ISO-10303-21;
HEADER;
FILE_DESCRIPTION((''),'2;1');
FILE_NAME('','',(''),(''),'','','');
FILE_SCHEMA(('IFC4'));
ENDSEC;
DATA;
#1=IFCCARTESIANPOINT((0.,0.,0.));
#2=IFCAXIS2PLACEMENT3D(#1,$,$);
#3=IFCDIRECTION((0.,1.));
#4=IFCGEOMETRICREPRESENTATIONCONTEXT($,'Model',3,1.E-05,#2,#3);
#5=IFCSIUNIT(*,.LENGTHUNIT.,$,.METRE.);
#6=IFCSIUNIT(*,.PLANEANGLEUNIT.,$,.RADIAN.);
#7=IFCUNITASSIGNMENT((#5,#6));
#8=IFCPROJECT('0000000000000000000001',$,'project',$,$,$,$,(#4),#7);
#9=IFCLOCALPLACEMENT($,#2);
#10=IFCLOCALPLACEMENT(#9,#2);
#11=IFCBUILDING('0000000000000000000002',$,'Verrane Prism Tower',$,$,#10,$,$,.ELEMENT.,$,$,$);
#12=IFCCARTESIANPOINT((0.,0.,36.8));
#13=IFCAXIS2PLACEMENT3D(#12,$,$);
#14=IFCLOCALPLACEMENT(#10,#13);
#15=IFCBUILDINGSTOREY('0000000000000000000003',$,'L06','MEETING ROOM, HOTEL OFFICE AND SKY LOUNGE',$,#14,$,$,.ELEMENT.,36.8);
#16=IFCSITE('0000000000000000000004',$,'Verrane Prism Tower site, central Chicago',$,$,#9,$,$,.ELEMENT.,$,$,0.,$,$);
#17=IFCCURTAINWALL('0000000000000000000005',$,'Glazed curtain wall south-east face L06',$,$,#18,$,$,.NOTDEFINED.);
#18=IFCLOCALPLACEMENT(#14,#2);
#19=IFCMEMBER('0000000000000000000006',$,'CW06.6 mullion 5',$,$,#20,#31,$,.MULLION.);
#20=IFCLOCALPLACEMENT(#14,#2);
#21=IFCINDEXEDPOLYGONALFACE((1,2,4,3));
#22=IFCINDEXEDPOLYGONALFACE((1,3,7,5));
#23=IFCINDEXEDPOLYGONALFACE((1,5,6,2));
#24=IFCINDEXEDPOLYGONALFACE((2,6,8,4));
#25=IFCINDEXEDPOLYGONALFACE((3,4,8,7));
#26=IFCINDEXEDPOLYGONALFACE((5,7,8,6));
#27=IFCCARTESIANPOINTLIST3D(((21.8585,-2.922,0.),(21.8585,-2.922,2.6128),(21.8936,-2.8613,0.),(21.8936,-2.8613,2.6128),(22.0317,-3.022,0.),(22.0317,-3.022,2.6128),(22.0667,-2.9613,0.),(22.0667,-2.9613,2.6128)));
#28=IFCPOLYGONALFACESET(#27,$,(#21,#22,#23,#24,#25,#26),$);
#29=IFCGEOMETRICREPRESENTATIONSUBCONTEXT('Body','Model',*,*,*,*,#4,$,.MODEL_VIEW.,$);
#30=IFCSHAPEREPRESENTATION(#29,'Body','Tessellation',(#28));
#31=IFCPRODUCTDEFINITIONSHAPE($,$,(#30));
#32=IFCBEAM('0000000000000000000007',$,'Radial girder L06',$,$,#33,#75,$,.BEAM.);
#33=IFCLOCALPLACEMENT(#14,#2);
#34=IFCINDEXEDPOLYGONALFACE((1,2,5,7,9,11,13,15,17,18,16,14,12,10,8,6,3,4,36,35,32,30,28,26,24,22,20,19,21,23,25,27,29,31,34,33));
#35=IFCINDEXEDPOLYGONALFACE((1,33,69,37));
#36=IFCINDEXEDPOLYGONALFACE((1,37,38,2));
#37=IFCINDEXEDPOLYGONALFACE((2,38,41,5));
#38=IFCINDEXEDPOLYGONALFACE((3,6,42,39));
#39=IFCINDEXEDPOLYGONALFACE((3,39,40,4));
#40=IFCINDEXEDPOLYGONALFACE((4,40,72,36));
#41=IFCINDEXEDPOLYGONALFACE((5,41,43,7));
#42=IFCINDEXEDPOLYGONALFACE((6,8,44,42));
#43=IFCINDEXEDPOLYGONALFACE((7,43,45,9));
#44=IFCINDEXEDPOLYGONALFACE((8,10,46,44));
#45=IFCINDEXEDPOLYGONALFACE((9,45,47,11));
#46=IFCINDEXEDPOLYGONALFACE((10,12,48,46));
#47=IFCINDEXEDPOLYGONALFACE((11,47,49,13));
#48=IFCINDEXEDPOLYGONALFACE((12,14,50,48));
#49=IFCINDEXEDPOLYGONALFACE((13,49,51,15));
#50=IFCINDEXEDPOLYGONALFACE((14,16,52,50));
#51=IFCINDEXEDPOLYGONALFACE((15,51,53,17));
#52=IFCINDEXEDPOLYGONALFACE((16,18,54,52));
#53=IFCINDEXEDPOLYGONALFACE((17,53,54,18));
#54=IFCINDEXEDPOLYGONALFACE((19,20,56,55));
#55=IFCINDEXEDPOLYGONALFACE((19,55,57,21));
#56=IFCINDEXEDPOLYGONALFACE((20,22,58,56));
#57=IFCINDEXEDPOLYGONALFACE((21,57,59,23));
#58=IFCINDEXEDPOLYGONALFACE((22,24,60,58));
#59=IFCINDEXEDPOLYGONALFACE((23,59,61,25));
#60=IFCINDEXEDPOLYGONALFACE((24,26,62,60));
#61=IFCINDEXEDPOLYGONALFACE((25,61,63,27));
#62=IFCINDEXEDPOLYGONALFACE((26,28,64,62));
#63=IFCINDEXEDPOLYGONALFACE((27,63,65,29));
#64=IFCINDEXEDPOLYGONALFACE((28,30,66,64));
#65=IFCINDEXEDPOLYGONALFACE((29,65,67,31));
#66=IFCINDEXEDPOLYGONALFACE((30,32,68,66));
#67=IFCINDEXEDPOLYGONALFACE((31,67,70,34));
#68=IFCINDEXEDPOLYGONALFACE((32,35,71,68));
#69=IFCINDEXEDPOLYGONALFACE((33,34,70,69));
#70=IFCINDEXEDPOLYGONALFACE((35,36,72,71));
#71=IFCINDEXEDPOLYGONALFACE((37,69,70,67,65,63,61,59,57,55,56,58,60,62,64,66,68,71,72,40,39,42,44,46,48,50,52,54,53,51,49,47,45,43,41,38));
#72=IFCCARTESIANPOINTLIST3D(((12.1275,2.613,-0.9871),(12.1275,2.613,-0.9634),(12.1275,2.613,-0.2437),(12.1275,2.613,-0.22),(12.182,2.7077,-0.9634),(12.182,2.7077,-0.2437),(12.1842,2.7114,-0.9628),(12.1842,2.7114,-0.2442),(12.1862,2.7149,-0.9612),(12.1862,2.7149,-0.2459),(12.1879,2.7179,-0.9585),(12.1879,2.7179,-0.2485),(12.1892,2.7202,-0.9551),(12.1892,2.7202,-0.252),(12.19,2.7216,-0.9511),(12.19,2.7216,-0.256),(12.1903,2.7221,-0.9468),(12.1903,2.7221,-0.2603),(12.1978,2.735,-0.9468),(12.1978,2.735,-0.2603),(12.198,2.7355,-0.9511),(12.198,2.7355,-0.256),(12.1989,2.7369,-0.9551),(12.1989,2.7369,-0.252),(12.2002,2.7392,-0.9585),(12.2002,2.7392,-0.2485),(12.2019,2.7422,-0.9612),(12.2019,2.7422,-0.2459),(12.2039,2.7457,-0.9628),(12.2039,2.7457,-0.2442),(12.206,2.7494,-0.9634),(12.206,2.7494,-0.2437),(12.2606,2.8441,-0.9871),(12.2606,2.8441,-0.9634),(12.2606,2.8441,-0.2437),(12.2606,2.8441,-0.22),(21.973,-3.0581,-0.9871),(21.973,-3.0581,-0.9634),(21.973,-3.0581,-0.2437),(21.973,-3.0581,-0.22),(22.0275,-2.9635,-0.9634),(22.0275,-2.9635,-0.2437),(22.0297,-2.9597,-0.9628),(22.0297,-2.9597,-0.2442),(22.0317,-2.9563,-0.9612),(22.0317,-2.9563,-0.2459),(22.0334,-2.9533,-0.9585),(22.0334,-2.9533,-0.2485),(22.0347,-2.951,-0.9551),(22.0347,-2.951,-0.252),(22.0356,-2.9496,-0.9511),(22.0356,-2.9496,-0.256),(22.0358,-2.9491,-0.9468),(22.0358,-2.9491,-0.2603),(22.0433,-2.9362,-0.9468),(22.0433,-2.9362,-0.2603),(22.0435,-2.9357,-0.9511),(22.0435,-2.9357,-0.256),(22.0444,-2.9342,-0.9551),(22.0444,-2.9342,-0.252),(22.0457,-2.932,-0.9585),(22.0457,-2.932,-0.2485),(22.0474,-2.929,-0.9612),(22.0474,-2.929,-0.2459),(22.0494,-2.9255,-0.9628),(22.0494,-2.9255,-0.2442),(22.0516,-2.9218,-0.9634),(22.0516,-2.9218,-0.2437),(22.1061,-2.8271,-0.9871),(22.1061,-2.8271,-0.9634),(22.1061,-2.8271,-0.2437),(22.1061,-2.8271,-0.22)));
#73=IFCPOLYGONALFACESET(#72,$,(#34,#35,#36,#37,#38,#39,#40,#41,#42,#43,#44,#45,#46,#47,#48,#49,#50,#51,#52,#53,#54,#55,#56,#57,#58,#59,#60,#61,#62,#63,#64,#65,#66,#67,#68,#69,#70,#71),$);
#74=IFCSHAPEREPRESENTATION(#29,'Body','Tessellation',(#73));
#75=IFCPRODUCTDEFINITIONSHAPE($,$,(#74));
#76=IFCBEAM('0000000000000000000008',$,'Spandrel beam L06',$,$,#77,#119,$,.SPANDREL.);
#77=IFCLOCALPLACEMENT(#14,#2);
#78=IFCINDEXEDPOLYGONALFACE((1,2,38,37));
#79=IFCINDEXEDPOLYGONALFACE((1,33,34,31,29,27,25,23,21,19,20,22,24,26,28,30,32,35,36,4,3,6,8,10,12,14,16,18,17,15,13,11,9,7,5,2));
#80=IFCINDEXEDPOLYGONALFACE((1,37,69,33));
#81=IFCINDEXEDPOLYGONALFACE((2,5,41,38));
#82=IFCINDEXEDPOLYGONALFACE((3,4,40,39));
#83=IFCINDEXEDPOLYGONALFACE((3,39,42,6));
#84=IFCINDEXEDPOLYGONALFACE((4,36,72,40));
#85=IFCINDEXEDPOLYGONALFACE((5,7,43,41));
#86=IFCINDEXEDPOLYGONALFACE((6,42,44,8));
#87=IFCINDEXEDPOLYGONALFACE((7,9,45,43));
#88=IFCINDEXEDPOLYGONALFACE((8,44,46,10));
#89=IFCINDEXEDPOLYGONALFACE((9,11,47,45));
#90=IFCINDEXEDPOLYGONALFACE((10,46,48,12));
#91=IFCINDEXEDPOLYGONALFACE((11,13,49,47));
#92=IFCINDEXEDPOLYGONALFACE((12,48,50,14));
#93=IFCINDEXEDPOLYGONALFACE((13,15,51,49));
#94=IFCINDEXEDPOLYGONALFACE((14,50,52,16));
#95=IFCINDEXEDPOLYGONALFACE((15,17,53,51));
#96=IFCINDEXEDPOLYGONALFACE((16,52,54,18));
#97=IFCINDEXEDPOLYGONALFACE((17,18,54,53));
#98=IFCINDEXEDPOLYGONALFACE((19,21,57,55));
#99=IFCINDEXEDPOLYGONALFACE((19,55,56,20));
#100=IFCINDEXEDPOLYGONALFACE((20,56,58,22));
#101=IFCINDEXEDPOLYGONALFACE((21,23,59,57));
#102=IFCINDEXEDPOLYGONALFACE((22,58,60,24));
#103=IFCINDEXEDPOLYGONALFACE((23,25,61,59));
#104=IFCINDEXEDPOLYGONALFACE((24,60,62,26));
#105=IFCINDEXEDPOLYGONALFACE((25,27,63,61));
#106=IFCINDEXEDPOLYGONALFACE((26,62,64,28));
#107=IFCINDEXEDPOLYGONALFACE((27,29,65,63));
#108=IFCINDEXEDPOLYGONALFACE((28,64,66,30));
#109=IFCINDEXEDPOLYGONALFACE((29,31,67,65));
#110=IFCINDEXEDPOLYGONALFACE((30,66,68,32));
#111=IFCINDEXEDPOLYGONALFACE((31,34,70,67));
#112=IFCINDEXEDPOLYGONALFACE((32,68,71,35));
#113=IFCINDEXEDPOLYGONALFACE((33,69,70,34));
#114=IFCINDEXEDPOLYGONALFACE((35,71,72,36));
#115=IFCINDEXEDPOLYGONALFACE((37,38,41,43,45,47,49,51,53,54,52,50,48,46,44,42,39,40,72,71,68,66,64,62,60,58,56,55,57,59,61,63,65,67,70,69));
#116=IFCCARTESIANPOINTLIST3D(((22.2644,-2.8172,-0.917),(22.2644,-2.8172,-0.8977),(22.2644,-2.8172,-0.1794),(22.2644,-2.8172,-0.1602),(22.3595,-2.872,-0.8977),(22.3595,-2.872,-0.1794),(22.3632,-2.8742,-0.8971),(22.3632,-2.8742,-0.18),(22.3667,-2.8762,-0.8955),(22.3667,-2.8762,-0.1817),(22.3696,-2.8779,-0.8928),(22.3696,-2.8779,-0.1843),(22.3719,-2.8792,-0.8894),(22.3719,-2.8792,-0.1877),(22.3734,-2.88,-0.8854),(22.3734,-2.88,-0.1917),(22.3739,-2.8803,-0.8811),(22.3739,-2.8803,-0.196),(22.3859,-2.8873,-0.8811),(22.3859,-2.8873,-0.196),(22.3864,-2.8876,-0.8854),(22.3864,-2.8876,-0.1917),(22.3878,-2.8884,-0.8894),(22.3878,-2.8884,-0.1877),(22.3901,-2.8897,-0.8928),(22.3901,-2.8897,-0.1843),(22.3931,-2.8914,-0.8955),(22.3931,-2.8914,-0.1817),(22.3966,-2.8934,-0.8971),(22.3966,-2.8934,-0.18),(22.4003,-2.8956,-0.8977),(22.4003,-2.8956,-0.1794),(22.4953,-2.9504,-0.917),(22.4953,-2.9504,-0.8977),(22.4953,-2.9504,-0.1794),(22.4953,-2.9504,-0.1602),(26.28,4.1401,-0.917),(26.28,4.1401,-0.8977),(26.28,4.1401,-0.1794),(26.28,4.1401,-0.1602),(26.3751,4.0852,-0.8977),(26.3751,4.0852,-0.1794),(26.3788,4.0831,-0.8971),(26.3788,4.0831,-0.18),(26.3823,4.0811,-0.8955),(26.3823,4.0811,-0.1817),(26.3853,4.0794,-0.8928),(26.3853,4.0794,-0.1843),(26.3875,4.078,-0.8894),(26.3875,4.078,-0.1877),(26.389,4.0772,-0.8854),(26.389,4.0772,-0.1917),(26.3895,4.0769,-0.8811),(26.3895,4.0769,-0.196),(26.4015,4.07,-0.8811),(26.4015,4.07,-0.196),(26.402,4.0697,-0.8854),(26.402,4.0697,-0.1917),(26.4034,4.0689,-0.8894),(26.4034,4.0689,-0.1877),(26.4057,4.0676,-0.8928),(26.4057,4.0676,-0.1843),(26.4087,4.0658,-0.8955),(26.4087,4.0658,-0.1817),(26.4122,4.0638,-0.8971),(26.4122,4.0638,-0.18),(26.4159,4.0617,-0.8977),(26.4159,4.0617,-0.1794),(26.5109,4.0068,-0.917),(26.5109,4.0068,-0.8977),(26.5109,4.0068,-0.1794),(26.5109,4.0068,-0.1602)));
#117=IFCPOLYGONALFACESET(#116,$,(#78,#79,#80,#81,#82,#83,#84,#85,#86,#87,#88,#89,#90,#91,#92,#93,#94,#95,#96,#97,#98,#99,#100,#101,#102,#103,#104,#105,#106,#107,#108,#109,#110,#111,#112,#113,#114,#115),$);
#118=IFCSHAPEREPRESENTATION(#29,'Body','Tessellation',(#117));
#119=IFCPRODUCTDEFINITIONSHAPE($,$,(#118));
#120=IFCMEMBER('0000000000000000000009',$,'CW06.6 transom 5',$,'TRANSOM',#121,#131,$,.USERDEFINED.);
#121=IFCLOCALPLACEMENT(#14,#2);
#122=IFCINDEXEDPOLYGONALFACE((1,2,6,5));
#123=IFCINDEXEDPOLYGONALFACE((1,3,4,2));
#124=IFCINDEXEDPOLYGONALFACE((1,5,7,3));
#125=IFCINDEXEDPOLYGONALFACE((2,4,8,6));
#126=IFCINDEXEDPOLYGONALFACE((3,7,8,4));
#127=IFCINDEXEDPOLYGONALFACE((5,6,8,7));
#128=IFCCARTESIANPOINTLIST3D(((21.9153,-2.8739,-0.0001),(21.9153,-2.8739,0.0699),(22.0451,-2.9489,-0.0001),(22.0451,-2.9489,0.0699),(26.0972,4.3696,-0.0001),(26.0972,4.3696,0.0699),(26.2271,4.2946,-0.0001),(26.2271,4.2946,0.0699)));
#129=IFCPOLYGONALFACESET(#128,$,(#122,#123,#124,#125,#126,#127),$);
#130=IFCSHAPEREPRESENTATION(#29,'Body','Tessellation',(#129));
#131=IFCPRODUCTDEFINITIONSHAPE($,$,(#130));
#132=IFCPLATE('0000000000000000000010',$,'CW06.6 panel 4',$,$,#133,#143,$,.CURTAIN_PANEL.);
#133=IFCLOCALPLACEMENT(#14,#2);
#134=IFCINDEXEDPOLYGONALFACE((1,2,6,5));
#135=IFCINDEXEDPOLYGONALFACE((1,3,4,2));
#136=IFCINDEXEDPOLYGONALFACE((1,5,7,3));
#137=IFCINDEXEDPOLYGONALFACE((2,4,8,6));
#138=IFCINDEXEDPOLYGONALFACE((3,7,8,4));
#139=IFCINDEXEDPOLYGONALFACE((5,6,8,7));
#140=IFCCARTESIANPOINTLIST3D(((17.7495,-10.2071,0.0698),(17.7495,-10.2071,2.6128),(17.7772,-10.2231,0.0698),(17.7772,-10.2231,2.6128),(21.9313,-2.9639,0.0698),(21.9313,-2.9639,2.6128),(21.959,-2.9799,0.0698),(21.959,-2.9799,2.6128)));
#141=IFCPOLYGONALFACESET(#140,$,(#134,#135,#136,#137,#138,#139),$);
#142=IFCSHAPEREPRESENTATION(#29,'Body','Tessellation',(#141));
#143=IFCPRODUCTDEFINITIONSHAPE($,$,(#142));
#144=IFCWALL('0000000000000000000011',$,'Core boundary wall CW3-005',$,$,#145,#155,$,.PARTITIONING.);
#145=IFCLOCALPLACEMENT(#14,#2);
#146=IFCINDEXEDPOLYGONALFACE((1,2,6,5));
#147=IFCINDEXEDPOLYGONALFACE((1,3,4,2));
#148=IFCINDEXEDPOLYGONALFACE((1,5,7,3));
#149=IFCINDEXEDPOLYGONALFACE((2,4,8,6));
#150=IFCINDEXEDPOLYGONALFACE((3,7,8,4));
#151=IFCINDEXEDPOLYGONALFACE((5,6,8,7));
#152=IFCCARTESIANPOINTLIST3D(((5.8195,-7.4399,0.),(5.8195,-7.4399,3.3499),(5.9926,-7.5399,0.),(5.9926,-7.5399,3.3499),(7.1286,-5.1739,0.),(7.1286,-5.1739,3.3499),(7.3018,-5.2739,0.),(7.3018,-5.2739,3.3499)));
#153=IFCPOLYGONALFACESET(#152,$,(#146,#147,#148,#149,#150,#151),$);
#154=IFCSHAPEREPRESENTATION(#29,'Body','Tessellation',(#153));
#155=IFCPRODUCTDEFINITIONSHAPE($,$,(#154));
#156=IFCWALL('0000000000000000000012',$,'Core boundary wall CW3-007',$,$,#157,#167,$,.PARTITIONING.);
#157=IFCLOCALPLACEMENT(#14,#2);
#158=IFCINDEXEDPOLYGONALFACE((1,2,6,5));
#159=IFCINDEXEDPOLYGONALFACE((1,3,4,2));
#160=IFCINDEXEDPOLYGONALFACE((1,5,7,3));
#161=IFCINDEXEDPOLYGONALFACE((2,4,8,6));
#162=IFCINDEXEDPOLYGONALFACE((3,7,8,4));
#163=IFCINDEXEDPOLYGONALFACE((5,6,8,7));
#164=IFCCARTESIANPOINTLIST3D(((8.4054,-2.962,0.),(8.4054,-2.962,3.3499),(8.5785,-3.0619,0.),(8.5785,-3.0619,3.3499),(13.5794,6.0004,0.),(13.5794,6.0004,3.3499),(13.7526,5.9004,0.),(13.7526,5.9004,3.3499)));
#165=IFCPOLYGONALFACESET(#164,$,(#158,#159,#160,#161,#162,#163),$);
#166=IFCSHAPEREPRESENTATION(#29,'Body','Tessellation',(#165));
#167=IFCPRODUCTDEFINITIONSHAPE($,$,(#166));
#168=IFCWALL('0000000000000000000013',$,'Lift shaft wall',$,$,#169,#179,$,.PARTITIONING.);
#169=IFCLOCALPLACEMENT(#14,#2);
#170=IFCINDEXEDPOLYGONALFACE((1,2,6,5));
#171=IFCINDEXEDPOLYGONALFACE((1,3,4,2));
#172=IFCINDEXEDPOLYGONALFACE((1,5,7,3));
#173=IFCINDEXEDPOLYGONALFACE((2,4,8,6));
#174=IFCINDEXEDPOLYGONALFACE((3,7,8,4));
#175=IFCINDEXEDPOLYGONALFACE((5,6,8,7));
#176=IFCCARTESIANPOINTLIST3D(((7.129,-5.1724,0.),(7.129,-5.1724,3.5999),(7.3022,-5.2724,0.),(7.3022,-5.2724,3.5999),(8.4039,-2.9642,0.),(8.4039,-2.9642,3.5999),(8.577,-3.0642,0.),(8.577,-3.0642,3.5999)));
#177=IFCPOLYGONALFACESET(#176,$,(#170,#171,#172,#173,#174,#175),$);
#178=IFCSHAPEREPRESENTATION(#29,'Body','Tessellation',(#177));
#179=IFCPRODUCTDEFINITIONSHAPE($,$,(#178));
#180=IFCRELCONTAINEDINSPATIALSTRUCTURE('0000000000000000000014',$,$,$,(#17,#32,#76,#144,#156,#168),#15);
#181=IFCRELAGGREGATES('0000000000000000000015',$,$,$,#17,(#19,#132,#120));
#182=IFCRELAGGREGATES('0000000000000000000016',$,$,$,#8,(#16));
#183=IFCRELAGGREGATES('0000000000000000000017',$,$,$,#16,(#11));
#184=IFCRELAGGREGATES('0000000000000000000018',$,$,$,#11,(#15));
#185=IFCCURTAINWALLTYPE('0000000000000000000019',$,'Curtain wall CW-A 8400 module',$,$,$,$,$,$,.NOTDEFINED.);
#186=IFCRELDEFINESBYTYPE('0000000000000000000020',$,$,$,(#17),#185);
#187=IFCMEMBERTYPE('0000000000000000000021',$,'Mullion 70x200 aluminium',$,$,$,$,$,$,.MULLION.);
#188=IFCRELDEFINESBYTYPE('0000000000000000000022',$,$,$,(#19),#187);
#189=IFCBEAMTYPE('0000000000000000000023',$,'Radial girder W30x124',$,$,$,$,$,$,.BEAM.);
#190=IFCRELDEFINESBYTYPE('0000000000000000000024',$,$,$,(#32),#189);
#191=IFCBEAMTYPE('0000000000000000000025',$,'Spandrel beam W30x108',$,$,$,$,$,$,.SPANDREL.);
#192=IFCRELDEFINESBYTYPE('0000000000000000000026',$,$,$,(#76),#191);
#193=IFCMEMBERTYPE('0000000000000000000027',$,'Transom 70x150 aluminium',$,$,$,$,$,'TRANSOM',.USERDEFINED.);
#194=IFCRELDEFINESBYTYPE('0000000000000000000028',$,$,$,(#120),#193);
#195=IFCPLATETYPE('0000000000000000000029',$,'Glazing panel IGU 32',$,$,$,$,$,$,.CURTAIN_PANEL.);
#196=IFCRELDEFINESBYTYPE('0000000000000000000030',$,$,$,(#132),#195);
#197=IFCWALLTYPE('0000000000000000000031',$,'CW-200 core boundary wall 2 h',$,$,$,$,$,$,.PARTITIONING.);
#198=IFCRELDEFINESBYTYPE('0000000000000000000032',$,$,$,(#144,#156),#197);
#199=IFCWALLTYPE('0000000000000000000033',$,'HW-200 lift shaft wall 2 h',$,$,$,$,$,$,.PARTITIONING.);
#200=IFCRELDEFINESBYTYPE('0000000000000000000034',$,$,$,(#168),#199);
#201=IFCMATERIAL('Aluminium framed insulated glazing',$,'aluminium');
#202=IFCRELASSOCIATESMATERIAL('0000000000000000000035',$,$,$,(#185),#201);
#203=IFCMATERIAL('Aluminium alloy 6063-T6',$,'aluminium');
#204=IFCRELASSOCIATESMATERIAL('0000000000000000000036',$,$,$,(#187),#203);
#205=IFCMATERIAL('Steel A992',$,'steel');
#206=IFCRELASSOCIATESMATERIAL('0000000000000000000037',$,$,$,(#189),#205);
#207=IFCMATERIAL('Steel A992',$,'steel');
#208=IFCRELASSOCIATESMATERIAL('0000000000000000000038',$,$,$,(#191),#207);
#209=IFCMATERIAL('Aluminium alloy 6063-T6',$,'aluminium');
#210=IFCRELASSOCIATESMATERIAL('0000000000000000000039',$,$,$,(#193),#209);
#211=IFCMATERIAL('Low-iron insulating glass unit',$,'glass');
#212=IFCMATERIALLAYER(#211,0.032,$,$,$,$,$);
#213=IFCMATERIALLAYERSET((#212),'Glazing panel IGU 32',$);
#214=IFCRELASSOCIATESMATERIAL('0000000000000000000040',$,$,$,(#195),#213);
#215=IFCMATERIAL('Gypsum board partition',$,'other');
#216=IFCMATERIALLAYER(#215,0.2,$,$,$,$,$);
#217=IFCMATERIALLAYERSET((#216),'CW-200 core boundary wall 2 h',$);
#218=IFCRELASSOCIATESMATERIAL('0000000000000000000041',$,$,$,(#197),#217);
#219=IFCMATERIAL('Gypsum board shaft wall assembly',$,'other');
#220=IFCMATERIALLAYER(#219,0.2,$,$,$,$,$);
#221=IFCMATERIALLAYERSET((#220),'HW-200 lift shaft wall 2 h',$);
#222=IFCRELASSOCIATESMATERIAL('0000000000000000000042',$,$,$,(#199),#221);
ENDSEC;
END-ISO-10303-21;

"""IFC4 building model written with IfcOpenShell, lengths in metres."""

from ifc_helpers import new_model, si_unit, direction, frame, frame_2d, origin, origin_2d, place, context, subcontext, project, spatial, rectangle, i_section, extrude, material, layer, layer_set, material_profile, profile_set, type_object, element, aggregate, save


model = new_model("IFC4")

# Units and contexts
model_context = context("Model", 3, precision=1e-05, world=origin(), true_north=direction((0.0, 1.0)))
body_context = subcontext(model_context, "Body", "Model", "MODEL_VIEW")
ifc_project = project(units=[si_unit("LENGTHUNIT", "METRE"), si_unit("PLANEANGLEUNIT", "RADIAN")], contexts=[model_context])

# Site, building, storey
site_placement = place(None, origin())
site = spatial("IfcSite", under=ifc_project, at=site_placement, Name="Verrane Prism Tower site, central Chicago", CompositionType="ELEMENT", RefElevation=0.0)
building_placement = place(site_placement, origin())
building = spatial("IfcBuilding", under=site, at=building_placement, Name="Verrane Prism Tower", CompositionType="ELEMENT")
storey_placement = place(building_placement, frame((0.0, 0.0, 36.8)))
storey = spatial("IfcBuildingStorey", under=building, at=storey_placement, Name="L06", Description="MEETING ROOM, HOTEL OFFICE AND SKY LOUNGE", CompositionType="ELEMENT", Elevation=36.8)

# Curtain wall, member
ifc_material_1 = material(Name="Aluminium framed insulated glazing", Category="aluminium")
curtain_wall_type = type_object("IfcCurtainWallType", Name="Curtain wall CW-A 8400 module", PredefinedType="NOTDEFINED", material=ifc_material_1)
curtain_wall_placement = place(storey_placement, origin())
curtain_wall = element("IfcCurtainWall", 1, at=curtain_wall_placement, inside=storey, type_object=curtain_wall_type, Name="Glazed curtain wall south-east face L06", PredefinedType="NOTDEFINED")
ifc_material_2 = material(Name="Aluminium alloy 6063-T6", Category="aluminium")
ifc_material_profile_1 = material_profile(ifc_material_2, rectangle(XDim=0.2, YDim=0.0701, at=origin_2d()), Name="Mullion 70x200 aluminium")
ifc_profile_set_1 = profile_set([ifc_material_profile_1], Name="Aluminium alloy 6063-T6")
member_type_1 = type_object("IfcMemberType", Name="Mullion 70x200 aluminium", PredefinedType="MULLION", material=ifc_profile_set_1)
member_1_placement = place(storey_placement, frame((21.9626, -2.9417, 0.0), z_axis=(0.0, 0.0, 1.0), x_axis=(-0.866025, 0.5, 0.0)))
member_1 = element("IfcMember", 2, at=member_1_placement, type_object=member_type_1, Name="CW06.6 mullion 5", PredefinedType="MULLION", context=body_context, shape_type="SweptSolid", body=[
    extrude(rectangle(XDim=0.2, YDim=0.0701, at=origin_2d()), origin(), (0.0, 0.0, 1.0), 2.6128),
])

# Beams
ifc_material_3 = material(Name="Steel A992", Category="steel")
ifc_material_profile_2 = material_profile(ifc_material_3, i_section(OverallWidth=0.2666, OverallDepth=0.7671, WebThickness=0.0149, FlangeThickness=0.0237, FilletRadius=0.0166, at=origin_2d()), Name="W30x124")
ifc_profile_set_2 = profile_set([ifc_material_profile_2], Name="Steel A992")
beam_type_1 = type_object("IfcBeamType", Name="Radial girder W30x124", PredefinedType="BEAM", material=ifc_profile_set_2)
beam_1_placement = place(storey_placement, frame((22.0396, -2.9426, -0.6035), z_axis=(-0.866526, 0.499133, 0.0), x_axis=(-0.499133, -0.866526, 0.0)))
element("IfcBeam", 3, at=beam_1_placement, inside=storey, type_object=beam_type_1, Name="Radial girder L06", PredefinedType="BEAM", context=body_context, shape_type="SweptSolid", body=[
    extrude(i_section(OverallWidth=0.2666, OverallDepth=0.7671, WebThickness=0.0149, FlangeThickness=0.0237, FilletRadius=0.0166, at=origin_2d()), origin(), (0.0, 0.0, 1.0), 11.3621),
])
ifc_material_4 = material(Name="Steel A992", Category="steel")
ifc_material_profile_3 = material_profile(ifc_material_4, i_section(OverallWidth=0.2666, OverallDepth=0.7568, WebThickness=0.0139, FlangeThickness=0.0193, FilletRadius=0.0166, at=origin_2d()), Name="W30x108")
ifc_profile_set_3 = profile_set([ifc_material_profile_3], Name="Steel A992")
beam_type_2 = type_object("IfcBeamType", Name="Spandrel beam W30x108", PredefinedType="SPANDREL", material=ifc_profile_set_3)
beam_2_placement = place(storey_placement, frame((22.3799, -2.8838, -0.5386), z_axis=(0.499892, 0.866088, 0.0), x_axis=(-0.866088, 0.499892, 0.0)))
element("IfcBeam", 4, at=beam_2_placement, inside=storey, type_object=beam_type_2, Name="Spandrel beam L06", PredefinedType="SPANDREL", context=body_context, shape_type="SweptSolid", body=[
    extrude(i_section(OverallWidth=0.2666, OverallDepth=0.7568, WebThickness=0.0139, FlangeThickness=0.0193, FilletRadius=0.0166, at=origin_2d()), origin(), (0.0, 0.0, 1.0), 8.033),
])

# Member
ifc_material_5 = material(Name="Aluminium alloy 6063-T6", Category="aluminium")
ifc_material_profile_4 = material_profile(ifc_material_5, rectangle(XDim=0.1499, YDim=0.0701, at=origin_2d()), Name="Transom 70x150 aluminium")
ifc_profile_set_4 = profile_set([ifc_material_profile_4], Name="Aluminium alloy 6063-T6")
member_type_2 = type_object("IfcMemberType", Name="Transom 70x150 aluminium", ElementType="TRANSOM", PredefinedType="USERDEFINED", material=ifc_profile_set_4)
member_2_placement = place(storey_placement, frame((21.9802, -2.9114, 0.0349), z_axis=(0.499991, 0.866031, 0.0), x_axis=(-0.866031, 0.499991, 0.0)))
member_2 = element("IfcMember", 5, at=member_2_placement, type_object=member_type_2, Name="CW06.6 transom 5", ObjectType="TRANSOM", PredefinedType="USERDEFINED", context=body_context, shape_type="SweptSolid", body=[
    extrude(rectangle(XDim=0.1499, YDim=0.0701, at=origin_2d()), origin(), (0.0, 0.0, 1.0), 8.364),
])

# Plate
ifc_material_6 = material(Name="Low-iron insulating glass unit", Category="glass")
ifc_layer_1 = layer(ifc_material_6, 0.032)
ifc_layer_set_1 = layer_set([ifc_layer_1], Name="Glazing panel IGU 32")
plate_type = type_object("IfcPlateType", Name="Glazing panel IGU 32", PredefinedType="CURTAIN_PANEL", material=ifc_layer_set_1)
plate_placement = place(storey_placement, frame((19.8542, -6.5935, 0.0698), z_axis=(0.0, 0.0, 1.0), x_axis=(0.5, 0.866025, 0.0)))
plate = element("IfcPlate", 6, at=plate_placement, type_object=plate_type, Name="CW06.6 panel 4", PredefinedType="CURTAIN_PANEL", context=body_context, shape_type="SweptSolid", body=[
    extrude(rectangle(XDim=8.3638, YDim=0.032, at=origin_2d()), origin(), (0.0, 0.0, 1.0), 2.543),
])
aggregate(curtain_wall, [member_1, plate, member_2])

# Walls
ifc_material_7 = material(Name="Gypsum board partition", Category="other")
ifc_layer_2 = layer(ifc_material_7, 0.2)
ifc_layer_set_2 = layer_set([ifc_layer_2], Name="CW-200 core boundary wall 2 h")
wall_type_1 = type_object("IfcWallType", Name="CW-200 core boundary wall 2 h", PredefinedType="PARTITIONING", material=ifc_layer_set_2)
wall_1_placement = place(storey_placement, frame((5.906, -7.49, 0.0), z_axis=(0.0, 0.0, 1.0), x_axis=(0.500253, 0.865879, 0.0)))
element("IfcWall", 7, at=wall_1_placement, inside=storey, type_object=wall_type_1, Name="Core boundary wall CW3-005", PredefinedType="PARTITIONING", context=body_context, shape_type="SweptSolid", body=[
    extrude(rectangle(XDim=2.6169, YDim=0.2, at=frame_2d((1.3086, 0.0))), origin(), (0.0, 0.0, 1.0), 3.3499),
])
wall_2_placement = place(storey_placement, frame((8.4919, -3.012, 0.0), z_axis=(0.0, 0.0, 1.0), x_axis=(0.499973, 0.866041, 0.0)))
element("IfcWall", 8, at=wall_2_placement, inside=storey, type_object=wall_type_1, Name="Core boundary wall CW3-007", PredefinedType="PARTITIONING", context=body_context, shape_type="SweptSolid", body=[
    extrude(rectangle(XDim=10.3486, YDim=0.2, at=frame_2d((5.1743, 0.0))), origin(), (0.0, 0.0, 1.0), 3.3499),
])
ifc_material_8 = material(Name="Gypsum board shaft wall assembly", Category="other")
ifc_layer_3 = layer(ifc_material_8, 0.2)
ifc_layer_set_3 = layer_set([ifc_layer_3], Name="HW-200 lift shaft wall 2 h")
wall_type_2 = type_object("IfcWallType", Name="HW-200 lift shaft wall 2 h", PredefinedType="PARTITIONING", material=ifc_layer_set_3)
wall_3_placement = place(storey_placement, frame((7.2156, -5.2224, 0.0), z_axis=(0.0, 0.0, 1.0), x_axis=(0.49999, 0.866031, 0.0)))
element("IfcWall", 9, at=wall_3_placement, inside=storey, type_object=wall_type_2, Name="Lift shaft wall", PredefinedType="PARTITIONING", context=body_context, shape_type="SweptSolid", body=[
    extrude(rectangle(XDim=2.5498, YDim=0.2, at=frame_2d((1.2749, 0.0))), origin(), (0.0, 0.0, 1.0), 3.5999),
])

save(model, "model.ifc")
